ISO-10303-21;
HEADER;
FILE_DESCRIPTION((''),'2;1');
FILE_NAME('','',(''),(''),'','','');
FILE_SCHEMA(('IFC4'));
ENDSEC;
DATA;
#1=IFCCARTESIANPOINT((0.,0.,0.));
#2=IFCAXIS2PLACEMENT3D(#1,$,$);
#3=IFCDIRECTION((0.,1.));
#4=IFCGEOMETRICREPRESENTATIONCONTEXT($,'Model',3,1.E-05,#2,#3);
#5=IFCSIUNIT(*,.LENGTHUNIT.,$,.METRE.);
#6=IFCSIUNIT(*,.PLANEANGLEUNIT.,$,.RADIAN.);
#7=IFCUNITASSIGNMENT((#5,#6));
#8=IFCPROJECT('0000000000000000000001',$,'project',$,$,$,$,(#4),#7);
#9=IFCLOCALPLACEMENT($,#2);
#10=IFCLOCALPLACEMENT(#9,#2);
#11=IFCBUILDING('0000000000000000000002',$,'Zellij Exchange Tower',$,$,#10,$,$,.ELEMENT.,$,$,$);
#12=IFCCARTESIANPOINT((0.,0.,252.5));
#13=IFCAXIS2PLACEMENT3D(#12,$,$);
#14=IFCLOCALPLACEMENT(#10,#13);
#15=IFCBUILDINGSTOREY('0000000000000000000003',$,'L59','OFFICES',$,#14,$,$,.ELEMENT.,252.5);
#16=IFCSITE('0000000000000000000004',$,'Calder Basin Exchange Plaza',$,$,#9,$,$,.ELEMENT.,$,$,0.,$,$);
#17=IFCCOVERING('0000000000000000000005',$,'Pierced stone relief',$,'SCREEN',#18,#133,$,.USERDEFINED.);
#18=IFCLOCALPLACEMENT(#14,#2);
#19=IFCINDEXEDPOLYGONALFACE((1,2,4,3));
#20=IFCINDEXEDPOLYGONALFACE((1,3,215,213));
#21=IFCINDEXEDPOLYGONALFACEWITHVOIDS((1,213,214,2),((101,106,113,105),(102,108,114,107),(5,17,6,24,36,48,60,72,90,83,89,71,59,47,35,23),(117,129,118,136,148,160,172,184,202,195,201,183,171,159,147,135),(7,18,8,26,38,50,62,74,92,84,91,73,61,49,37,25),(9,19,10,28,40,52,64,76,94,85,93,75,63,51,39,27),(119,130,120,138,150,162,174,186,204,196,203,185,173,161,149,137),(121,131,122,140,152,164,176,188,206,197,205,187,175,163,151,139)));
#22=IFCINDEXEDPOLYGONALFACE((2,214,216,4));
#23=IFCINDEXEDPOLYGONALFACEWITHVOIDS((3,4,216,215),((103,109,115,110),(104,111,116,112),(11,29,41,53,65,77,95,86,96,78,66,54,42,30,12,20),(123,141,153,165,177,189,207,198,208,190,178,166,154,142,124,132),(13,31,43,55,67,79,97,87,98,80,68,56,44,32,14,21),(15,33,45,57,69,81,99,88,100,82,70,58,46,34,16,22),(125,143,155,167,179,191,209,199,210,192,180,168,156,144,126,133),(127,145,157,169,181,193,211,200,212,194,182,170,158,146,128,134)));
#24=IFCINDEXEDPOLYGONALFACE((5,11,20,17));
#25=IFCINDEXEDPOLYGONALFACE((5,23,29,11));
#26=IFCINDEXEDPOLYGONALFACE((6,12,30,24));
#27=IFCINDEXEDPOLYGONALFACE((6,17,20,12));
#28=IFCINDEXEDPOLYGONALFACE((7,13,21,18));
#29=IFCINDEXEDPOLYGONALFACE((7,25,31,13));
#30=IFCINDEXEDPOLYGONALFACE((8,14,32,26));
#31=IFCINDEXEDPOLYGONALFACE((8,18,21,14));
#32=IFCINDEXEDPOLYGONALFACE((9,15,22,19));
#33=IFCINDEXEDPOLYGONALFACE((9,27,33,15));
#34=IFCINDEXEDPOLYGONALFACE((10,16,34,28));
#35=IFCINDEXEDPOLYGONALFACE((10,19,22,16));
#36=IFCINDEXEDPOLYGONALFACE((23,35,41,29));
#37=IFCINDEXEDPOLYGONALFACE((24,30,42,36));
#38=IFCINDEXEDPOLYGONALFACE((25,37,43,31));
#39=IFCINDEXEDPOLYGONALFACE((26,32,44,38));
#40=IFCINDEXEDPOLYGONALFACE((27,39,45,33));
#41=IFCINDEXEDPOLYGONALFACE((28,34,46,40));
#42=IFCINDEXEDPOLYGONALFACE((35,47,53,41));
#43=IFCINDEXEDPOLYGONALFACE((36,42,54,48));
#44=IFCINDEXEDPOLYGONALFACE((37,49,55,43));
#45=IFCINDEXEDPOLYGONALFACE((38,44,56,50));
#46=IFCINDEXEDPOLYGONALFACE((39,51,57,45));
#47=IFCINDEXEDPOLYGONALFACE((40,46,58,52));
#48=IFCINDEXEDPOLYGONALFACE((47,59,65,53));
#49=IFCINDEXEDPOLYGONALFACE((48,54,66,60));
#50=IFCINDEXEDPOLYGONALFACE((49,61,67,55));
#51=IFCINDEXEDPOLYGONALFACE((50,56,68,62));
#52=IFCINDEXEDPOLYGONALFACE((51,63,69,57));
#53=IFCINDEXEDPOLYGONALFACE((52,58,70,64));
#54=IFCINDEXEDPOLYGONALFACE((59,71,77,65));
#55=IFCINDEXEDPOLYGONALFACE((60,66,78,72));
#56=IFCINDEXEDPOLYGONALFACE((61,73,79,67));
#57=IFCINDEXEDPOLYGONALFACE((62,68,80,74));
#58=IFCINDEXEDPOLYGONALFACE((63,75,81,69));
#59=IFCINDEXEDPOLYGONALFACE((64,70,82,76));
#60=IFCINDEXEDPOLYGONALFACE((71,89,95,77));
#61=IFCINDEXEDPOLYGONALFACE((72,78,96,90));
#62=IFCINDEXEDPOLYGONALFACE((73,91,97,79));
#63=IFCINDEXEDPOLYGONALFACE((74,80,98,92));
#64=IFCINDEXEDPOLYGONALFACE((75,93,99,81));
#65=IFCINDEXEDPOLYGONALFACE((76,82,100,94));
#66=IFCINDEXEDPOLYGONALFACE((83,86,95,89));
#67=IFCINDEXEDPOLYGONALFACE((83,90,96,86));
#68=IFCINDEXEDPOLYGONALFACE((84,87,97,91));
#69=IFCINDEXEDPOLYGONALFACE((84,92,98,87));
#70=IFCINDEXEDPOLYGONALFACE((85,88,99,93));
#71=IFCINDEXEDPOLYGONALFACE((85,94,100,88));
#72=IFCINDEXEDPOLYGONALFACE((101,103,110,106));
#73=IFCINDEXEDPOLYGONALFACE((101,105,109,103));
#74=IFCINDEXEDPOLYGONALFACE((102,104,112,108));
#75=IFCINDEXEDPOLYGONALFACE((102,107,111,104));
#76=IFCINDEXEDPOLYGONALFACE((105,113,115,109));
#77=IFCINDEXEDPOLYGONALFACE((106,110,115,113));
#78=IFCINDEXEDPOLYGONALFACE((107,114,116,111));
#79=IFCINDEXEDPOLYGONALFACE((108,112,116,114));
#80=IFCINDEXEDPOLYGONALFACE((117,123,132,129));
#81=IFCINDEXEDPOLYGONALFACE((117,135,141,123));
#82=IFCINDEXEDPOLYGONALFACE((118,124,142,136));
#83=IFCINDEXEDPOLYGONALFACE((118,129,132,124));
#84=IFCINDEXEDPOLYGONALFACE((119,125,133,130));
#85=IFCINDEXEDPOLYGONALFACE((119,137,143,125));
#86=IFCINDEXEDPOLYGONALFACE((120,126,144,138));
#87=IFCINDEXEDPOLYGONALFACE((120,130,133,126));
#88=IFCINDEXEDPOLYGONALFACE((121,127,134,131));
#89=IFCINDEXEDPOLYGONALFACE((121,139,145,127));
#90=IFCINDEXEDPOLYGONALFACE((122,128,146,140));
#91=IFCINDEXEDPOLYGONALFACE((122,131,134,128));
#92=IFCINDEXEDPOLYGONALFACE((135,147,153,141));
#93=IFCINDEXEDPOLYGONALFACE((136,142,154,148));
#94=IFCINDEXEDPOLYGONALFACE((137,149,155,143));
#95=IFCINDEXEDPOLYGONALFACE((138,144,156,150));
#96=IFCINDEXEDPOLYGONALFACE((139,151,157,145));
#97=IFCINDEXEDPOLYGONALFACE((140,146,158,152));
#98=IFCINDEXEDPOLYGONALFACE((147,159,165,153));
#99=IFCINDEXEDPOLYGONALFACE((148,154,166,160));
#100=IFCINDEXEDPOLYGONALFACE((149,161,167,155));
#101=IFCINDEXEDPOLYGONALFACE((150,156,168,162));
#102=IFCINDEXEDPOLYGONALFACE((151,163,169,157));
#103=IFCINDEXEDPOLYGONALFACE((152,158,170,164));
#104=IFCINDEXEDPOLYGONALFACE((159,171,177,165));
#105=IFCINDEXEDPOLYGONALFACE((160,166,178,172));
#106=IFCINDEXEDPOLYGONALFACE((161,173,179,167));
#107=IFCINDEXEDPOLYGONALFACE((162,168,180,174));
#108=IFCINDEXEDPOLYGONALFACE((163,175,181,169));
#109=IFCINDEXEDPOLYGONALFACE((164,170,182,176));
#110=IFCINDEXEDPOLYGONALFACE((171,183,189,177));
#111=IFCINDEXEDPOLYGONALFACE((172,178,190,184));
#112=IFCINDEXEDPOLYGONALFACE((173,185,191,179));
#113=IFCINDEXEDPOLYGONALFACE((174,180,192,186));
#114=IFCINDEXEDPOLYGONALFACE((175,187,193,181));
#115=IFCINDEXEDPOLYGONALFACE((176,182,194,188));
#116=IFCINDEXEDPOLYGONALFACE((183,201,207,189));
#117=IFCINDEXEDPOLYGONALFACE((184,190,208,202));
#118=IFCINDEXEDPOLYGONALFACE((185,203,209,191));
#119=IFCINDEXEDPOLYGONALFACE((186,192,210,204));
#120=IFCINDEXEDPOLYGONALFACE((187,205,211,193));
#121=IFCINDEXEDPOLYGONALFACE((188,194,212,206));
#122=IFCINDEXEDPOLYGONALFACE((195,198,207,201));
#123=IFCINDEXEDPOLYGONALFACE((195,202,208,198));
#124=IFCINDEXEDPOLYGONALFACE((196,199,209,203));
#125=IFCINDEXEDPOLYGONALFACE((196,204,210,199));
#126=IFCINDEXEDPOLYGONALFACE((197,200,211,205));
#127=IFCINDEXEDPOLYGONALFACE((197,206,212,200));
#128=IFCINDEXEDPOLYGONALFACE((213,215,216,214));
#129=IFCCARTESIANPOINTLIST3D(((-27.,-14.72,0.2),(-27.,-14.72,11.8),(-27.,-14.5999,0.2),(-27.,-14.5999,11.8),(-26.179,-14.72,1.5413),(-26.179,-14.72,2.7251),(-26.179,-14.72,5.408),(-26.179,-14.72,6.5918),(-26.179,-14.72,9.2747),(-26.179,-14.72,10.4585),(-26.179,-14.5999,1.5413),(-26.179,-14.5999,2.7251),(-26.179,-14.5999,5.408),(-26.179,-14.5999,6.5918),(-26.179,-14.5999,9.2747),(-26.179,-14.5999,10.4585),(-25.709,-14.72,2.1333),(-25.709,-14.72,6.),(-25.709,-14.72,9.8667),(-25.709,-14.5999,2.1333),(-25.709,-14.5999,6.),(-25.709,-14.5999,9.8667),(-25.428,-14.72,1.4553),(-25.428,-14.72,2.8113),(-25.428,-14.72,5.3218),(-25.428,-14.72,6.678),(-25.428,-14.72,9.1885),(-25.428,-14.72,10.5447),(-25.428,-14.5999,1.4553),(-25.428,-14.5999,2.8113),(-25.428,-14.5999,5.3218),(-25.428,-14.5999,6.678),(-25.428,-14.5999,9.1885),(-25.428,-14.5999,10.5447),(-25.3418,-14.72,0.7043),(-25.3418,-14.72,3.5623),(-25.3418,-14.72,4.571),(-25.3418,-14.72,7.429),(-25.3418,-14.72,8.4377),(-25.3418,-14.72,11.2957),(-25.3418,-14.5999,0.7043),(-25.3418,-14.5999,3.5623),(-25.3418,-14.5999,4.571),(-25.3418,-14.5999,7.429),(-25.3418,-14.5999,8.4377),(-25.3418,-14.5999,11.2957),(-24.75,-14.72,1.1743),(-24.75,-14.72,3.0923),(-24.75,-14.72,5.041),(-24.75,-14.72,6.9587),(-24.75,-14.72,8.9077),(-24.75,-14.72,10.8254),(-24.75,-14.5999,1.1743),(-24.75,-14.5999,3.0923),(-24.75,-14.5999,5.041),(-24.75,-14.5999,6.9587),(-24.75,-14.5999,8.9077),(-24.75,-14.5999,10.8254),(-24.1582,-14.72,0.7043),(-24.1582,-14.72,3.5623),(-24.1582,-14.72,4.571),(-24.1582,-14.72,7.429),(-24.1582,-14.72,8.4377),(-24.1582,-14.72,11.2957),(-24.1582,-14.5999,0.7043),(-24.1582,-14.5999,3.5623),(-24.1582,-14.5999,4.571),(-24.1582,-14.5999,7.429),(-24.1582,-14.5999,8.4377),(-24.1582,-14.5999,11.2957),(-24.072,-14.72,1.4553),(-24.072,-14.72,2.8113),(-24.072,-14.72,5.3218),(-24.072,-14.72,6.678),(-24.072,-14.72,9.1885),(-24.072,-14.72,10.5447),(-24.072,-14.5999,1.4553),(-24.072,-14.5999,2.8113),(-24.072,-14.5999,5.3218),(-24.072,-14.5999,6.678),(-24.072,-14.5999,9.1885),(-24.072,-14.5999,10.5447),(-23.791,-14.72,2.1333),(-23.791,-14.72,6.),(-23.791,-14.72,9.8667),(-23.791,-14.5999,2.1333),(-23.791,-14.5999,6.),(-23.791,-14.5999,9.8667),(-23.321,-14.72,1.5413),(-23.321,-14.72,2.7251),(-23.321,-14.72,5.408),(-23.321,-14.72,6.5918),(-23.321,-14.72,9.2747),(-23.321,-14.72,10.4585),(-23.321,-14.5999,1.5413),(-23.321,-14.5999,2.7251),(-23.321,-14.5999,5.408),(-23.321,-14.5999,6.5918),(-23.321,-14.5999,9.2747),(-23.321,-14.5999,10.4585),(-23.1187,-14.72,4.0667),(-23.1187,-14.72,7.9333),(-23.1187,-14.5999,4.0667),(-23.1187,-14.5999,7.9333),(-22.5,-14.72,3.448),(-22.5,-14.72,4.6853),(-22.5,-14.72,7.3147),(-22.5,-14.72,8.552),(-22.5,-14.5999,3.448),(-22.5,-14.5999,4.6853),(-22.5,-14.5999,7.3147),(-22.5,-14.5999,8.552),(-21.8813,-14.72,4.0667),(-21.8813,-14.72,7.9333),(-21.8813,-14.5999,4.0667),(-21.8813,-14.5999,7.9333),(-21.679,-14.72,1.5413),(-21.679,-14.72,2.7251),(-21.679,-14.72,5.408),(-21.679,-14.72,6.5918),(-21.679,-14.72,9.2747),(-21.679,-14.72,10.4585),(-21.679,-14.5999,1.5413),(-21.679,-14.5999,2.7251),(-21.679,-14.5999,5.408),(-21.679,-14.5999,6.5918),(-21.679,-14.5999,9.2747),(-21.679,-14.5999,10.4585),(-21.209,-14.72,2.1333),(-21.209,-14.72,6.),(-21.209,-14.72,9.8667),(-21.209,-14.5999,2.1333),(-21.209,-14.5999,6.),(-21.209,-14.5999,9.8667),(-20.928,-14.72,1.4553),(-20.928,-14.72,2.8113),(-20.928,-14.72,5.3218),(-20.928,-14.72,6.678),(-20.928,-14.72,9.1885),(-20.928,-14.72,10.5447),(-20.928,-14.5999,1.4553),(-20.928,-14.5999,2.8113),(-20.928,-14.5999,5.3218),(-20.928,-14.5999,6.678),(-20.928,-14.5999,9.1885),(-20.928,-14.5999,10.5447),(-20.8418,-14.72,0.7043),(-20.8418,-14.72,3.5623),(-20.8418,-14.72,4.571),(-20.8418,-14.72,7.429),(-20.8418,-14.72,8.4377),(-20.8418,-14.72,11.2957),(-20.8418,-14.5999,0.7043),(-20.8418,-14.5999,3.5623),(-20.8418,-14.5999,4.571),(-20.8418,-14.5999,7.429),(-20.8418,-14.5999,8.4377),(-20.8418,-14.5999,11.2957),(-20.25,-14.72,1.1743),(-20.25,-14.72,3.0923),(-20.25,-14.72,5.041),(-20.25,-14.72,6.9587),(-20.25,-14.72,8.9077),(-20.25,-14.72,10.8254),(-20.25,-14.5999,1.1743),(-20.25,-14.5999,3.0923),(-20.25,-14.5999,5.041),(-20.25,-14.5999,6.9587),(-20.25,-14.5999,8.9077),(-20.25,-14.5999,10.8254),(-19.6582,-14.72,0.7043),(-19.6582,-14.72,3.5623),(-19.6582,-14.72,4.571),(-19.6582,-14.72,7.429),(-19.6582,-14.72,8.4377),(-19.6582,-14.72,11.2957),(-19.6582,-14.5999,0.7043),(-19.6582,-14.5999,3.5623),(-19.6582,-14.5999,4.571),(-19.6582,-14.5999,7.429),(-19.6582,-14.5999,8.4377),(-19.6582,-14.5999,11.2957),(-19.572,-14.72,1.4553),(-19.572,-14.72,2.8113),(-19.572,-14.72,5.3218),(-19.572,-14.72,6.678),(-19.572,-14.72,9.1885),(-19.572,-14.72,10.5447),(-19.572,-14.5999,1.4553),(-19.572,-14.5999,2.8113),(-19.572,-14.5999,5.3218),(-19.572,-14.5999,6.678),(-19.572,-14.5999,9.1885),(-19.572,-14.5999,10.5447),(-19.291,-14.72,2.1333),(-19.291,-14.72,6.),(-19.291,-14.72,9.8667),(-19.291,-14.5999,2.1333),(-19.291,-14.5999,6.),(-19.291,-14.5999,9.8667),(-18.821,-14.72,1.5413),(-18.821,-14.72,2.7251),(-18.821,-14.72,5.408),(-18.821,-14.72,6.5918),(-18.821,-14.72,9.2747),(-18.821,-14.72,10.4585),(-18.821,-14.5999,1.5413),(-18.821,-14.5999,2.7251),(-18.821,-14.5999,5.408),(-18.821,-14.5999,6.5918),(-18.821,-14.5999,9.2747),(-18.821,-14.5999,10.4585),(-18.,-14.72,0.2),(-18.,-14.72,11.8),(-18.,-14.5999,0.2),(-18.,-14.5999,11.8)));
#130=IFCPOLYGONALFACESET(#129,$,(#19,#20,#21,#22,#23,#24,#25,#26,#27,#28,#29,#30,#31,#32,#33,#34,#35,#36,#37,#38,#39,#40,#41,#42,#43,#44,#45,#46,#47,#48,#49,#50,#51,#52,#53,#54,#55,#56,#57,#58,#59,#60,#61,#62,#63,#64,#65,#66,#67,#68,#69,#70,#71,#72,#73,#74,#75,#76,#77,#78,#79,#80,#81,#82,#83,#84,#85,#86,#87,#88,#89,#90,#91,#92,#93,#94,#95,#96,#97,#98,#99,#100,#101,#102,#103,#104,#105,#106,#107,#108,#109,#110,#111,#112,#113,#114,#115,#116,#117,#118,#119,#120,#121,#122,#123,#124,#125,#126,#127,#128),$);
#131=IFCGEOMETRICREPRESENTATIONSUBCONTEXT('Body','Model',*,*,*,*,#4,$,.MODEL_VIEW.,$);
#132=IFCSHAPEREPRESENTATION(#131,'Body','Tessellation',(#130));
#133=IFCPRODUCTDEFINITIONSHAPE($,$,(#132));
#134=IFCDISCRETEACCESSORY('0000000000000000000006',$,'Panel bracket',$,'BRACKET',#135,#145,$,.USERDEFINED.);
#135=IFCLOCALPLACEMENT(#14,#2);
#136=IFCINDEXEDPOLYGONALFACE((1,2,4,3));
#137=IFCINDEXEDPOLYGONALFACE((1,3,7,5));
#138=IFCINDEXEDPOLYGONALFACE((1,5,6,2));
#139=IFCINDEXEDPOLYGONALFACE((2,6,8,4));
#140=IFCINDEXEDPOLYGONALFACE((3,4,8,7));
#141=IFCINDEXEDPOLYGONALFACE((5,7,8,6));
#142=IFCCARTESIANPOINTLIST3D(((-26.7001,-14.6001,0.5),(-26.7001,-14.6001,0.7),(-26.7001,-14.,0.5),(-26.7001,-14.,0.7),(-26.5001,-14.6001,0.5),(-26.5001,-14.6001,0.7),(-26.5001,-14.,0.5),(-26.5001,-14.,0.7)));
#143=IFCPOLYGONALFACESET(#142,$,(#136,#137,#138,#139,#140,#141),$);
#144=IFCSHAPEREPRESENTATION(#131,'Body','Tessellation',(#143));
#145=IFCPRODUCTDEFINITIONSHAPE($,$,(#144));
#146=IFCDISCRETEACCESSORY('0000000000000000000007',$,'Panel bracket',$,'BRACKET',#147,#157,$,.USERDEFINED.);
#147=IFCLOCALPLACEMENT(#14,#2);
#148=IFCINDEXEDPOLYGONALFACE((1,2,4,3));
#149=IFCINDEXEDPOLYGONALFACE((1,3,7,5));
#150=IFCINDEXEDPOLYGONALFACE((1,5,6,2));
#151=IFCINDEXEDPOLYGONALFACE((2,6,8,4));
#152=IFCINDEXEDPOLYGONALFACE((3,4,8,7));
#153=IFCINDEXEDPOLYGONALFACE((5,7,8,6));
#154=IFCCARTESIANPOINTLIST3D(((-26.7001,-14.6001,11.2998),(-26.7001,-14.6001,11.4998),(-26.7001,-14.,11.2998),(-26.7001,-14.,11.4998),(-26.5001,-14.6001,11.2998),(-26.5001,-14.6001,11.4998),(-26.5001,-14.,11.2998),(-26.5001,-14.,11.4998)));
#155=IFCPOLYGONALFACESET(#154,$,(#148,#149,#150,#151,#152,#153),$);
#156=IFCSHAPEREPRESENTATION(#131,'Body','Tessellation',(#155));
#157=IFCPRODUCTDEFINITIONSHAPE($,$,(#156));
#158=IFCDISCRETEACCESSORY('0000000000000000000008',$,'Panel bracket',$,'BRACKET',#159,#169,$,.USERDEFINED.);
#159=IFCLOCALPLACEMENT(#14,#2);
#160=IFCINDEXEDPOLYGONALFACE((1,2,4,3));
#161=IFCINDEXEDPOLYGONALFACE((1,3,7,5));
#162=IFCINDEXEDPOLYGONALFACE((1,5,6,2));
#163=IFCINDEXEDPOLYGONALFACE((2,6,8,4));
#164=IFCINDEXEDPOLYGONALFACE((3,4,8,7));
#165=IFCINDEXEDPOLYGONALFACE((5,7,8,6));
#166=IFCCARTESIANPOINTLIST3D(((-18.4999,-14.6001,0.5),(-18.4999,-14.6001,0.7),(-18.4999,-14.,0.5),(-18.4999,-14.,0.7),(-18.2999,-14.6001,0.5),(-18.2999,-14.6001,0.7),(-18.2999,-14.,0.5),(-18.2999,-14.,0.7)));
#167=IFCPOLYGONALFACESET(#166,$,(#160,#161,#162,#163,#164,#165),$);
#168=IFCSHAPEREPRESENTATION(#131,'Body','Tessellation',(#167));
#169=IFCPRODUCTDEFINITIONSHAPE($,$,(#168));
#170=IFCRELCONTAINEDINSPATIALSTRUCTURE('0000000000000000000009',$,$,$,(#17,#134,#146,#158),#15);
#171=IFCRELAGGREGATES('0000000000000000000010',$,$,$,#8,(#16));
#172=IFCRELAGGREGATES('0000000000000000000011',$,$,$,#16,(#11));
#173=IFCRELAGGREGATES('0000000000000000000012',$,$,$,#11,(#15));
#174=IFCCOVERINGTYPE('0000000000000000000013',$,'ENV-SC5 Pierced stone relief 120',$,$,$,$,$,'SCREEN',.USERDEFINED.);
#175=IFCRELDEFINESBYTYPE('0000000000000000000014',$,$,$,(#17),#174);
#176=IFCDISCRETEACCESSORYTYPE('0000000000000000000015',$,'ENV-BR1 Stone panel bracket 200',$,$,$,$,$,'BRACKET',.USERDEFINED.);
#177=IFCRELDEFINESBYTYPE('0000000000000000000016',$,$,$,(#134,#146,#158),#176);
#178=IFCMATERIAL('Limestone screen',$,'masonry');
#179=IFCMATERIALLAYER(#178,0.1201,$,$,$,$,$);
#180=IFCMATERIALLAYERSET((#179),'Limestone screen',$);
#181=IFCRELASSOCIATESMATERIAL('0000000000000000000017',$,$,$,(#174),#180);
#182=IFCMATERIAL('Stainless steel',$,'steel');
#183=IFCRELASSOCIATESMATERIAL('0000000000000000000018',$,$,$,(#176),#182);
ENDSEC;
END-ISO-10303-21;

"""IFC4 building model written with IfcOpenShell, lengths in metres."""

from ifc_helpers import new_model, si_unit, direction, frame, origin, origin_2d, place, context, subcontext, project, spatial, polyline, rectangle, outline, extrude, material, layer, layer_set, type_object, element, save


model = new_model("IFC4")

# Units and contexts
model_context = context("Model", 3, precision=1e-05, world=origin(), true_north=direction((0.0, 1.0)))
body_context = subcontext(model_context, "Body", "Model", "MODEL_VIEW")
ifc_project = project(units=[si_unit("LENGTHUNIT", "METRE"), si_unit("PLANEANGLEUNIT", "RADIAN")], contexts=[model_context])

# Site, building, storey
site_placement = place(None, origin())
site = spatial("IfcSite", under=ifc_project, at=site_placement, Name="Calder Basin Exchange Plaza", CompositionType="ELEMENT", RefElevation=0.0)
building_placement = place(site_placement, origin())
building = spatial("IfcBuilding", under=site, at=building_placement, Name="Zellij Exchange Tower", CompositionType="ELEMENT")
storey_placement = place(building_placement, frame((0.0, 0.0, 252.5)))
storey = spatial("IfcBuildingStorey", under=building, at=storey_placement, Name="L59", Description="OFFICES", CompositionType="ELEMENT", Elevation=252.5)

# Shared definitions
ifc_material_1 = material(Name="Stainless steel", Category="steel")

# Covering
ifc_material_2 = material(Name="Limestone screen", Category="masonry")
ifc_layer_1 = layer(ifc_material_2, 0.1201)
ifc_layer_set_1 = layer_set([ifc_layer_1], Name="Limestone screen")
covering_type_1 = type_object("IfcCoveringType", Name="ENV-SC5 Pierced stone relief 120", ElementType="SCREEN", PredefinedType="USERDEFINED", material=ifc_layer_set_1)
covering_1_placement = place(storey_placement, frame((-27.0, -14.6599, 0.2), z_axis=(0.0, 0.0, 1.0), x_axis=(1.0, 0.0, 0.0)))
element("IfcCovering", 1, at=covering_1_placement, inside=storey, type_object=covering_type_1, Name="Pierced stone relief", ObjectType="SCREEN", PredefinedType="USERDEFINED", context=body_context, shape_type="SweptSolid", body=[
    extrude(outline(polyline([(0.0, 0.0), (9.0, 0.0), (9.0, 11.6001), (0.0, 11.6001), (0.0, 0.0)]), holes=[polyline([(3.679, 2.5251), (2.928, 2.6113), (2.8418, 3.3623), (2.25, 2.8923), (1.6582, 3.3623), (1.572, 2.6113), (0.821, 2.5251), (1.291, 1.9333), (0.821, 1.3413), (1.572, 1.2554), (1.6582, 0.5044), (2.25, 0.9744), (2.8418, 0.5044), (2.928, 1.2554), (3.679, 1.3413), (3.209, 1.9333), (3.679, 2.5251)]), polyline([(3.679, 6.3918), (2.928, 6.478), (2.8418, 7.229), (2.25, 6.7588), (1.6582, 7.229), (1.572, 6.478), (0.821, 6.3918), (1.291, 5.8), (0.821, 5.208), (1.572, 5.1218), (1.6582, 4.3711), (2.25, 4.8411), (2.8418, 4.3711), (2.928, 5.1218), (3.679, 5.208), (3.209, 5.8), (3.679, 6.3918)]), polyline([(3.679, 10.2585), (2.928, 10.3447), (2.8418, 11.0957), (2.25, 10.6255), (1.6582, 11.0957), (1.572, 10.3447), (0.821, 10.2585), (1.291, 9.6667), (0.821, 9.0747), (1.572, 8.9885), (1.6582, 8.2378), (2.25, 8.7078), (2.8418, 8.2378), (2.928, 8.9885), (3.679, 9.0747), (3.209, 9.6667), (3.679, 10.2585)]), polyline([(8.179, 2.5251), (7.428, 2.6113), (7.3418, 3.3623), (6.75, 2.8923), (6.1582, 3.3623), (6.072, 2.6113), (5.321, 2.5251), (5.791, 1.9333), (5.321, 1.3413), (6.072, 1.2554), (6.1582, 0.5044), (6.75, 0.9744), (7.3418, 0.5044), (7.428, 1.2554), (8.179, 1.3413), (7.709, 1.9333), (8.179, 2.5251)]), polyline([(8.179, 6.3918), (7.428, 6.478), (7.3418, 7.229), (6.75, 6.7588), (6.1582, 7.229), (6.072, 6.478), (5.321, 6.3918), (5.791, 5.8), (5.321, 5.208), (6.072, 5.1218), (6.1582, 4.3711), (6.75, 4.8411), (7.3418, 4.3711), (7.428, 5.1218), (8.179, 5.208), (7.709, 5.8), (8.179, 6.3918)]), polyline([(8.179, 10.2585), (7.428, 10.3447), (7.3418, 11.0957), (6.75, 10.6255), (6.1582, 11.0957), (6.072, 10.3447), (5.321, 10.2585), (5.791, 9.6667), (5.321, 9.0747), (6.072, 8.9885), (6.1582, 8.2378), (6.75, 8.7078), (7.3418, 8.2378), (7.428, 8.9885), (8.179, 9.0747), (7.709, 9.6667), (8.179, 10.2585)]), polyline([(5.1187, 3.8667), (4.5, 4.4854), (3.8813, 3.8667), (4.5, 3.248), (5.1187, 3.8667)]), polyline([(5.1187, 7.7334), (4.5, 8.3521), (3.8813, 7.7334), (4.5, 7.1147), (5.1187, 7.7334)])]), frame((0.0, 0.0601, 0.0), z_axis=(0.0, -1.0, 0.0), x_axis=(1.0, 0.0, 0.0)), (0.0, 0.0, 1.0), 0.1201),
])

# Discrete accessories
discrete_accessory_type = type_object("IfcDiscreteAccessoryType", Name="ENV-BR1 Stone panel bracket 200", ElementType="BRACKET", PredefinedType="USERDEFINED", material=ifc_material_1)
for number, where, z_axis, x_axis, name in (
    (2, (-26.6001, -14.3, 0.5), (0.0, 0.0, 1.0), (1.0, 0.0, 0.0), "Panel bracket"),
    (3, (-26.6001, -14.3, 11.2998), (0.0, 0.0, 1.0), (1.0, 0.0, 0.0), "Panel bracket"),
    (4, (-18.3999, -14.3, 0.5), (0.0, 0.0, 1.0), (1.0, 0.0, 0.0), "Panel bracket"),
):
    element("IfcDiscreteAccessory", number, at=place(storey_placement, frame(where, z_axis=z_axis, x_axis=x_axis)), inside=storey, type_object=discrete_accessory_type, Name=name, ObjectType="BRACKET", PredefinedType="USERDEFINED", context=body_context, shape_type="SweptSolid", body=[
        extrude(rectangle(XDim=0.2, YDim=0.6001, at=origin_2d()), origin(), (0.0, 0.0, 1.0), 0.2),
    ])

save(model, "model.ifc")
